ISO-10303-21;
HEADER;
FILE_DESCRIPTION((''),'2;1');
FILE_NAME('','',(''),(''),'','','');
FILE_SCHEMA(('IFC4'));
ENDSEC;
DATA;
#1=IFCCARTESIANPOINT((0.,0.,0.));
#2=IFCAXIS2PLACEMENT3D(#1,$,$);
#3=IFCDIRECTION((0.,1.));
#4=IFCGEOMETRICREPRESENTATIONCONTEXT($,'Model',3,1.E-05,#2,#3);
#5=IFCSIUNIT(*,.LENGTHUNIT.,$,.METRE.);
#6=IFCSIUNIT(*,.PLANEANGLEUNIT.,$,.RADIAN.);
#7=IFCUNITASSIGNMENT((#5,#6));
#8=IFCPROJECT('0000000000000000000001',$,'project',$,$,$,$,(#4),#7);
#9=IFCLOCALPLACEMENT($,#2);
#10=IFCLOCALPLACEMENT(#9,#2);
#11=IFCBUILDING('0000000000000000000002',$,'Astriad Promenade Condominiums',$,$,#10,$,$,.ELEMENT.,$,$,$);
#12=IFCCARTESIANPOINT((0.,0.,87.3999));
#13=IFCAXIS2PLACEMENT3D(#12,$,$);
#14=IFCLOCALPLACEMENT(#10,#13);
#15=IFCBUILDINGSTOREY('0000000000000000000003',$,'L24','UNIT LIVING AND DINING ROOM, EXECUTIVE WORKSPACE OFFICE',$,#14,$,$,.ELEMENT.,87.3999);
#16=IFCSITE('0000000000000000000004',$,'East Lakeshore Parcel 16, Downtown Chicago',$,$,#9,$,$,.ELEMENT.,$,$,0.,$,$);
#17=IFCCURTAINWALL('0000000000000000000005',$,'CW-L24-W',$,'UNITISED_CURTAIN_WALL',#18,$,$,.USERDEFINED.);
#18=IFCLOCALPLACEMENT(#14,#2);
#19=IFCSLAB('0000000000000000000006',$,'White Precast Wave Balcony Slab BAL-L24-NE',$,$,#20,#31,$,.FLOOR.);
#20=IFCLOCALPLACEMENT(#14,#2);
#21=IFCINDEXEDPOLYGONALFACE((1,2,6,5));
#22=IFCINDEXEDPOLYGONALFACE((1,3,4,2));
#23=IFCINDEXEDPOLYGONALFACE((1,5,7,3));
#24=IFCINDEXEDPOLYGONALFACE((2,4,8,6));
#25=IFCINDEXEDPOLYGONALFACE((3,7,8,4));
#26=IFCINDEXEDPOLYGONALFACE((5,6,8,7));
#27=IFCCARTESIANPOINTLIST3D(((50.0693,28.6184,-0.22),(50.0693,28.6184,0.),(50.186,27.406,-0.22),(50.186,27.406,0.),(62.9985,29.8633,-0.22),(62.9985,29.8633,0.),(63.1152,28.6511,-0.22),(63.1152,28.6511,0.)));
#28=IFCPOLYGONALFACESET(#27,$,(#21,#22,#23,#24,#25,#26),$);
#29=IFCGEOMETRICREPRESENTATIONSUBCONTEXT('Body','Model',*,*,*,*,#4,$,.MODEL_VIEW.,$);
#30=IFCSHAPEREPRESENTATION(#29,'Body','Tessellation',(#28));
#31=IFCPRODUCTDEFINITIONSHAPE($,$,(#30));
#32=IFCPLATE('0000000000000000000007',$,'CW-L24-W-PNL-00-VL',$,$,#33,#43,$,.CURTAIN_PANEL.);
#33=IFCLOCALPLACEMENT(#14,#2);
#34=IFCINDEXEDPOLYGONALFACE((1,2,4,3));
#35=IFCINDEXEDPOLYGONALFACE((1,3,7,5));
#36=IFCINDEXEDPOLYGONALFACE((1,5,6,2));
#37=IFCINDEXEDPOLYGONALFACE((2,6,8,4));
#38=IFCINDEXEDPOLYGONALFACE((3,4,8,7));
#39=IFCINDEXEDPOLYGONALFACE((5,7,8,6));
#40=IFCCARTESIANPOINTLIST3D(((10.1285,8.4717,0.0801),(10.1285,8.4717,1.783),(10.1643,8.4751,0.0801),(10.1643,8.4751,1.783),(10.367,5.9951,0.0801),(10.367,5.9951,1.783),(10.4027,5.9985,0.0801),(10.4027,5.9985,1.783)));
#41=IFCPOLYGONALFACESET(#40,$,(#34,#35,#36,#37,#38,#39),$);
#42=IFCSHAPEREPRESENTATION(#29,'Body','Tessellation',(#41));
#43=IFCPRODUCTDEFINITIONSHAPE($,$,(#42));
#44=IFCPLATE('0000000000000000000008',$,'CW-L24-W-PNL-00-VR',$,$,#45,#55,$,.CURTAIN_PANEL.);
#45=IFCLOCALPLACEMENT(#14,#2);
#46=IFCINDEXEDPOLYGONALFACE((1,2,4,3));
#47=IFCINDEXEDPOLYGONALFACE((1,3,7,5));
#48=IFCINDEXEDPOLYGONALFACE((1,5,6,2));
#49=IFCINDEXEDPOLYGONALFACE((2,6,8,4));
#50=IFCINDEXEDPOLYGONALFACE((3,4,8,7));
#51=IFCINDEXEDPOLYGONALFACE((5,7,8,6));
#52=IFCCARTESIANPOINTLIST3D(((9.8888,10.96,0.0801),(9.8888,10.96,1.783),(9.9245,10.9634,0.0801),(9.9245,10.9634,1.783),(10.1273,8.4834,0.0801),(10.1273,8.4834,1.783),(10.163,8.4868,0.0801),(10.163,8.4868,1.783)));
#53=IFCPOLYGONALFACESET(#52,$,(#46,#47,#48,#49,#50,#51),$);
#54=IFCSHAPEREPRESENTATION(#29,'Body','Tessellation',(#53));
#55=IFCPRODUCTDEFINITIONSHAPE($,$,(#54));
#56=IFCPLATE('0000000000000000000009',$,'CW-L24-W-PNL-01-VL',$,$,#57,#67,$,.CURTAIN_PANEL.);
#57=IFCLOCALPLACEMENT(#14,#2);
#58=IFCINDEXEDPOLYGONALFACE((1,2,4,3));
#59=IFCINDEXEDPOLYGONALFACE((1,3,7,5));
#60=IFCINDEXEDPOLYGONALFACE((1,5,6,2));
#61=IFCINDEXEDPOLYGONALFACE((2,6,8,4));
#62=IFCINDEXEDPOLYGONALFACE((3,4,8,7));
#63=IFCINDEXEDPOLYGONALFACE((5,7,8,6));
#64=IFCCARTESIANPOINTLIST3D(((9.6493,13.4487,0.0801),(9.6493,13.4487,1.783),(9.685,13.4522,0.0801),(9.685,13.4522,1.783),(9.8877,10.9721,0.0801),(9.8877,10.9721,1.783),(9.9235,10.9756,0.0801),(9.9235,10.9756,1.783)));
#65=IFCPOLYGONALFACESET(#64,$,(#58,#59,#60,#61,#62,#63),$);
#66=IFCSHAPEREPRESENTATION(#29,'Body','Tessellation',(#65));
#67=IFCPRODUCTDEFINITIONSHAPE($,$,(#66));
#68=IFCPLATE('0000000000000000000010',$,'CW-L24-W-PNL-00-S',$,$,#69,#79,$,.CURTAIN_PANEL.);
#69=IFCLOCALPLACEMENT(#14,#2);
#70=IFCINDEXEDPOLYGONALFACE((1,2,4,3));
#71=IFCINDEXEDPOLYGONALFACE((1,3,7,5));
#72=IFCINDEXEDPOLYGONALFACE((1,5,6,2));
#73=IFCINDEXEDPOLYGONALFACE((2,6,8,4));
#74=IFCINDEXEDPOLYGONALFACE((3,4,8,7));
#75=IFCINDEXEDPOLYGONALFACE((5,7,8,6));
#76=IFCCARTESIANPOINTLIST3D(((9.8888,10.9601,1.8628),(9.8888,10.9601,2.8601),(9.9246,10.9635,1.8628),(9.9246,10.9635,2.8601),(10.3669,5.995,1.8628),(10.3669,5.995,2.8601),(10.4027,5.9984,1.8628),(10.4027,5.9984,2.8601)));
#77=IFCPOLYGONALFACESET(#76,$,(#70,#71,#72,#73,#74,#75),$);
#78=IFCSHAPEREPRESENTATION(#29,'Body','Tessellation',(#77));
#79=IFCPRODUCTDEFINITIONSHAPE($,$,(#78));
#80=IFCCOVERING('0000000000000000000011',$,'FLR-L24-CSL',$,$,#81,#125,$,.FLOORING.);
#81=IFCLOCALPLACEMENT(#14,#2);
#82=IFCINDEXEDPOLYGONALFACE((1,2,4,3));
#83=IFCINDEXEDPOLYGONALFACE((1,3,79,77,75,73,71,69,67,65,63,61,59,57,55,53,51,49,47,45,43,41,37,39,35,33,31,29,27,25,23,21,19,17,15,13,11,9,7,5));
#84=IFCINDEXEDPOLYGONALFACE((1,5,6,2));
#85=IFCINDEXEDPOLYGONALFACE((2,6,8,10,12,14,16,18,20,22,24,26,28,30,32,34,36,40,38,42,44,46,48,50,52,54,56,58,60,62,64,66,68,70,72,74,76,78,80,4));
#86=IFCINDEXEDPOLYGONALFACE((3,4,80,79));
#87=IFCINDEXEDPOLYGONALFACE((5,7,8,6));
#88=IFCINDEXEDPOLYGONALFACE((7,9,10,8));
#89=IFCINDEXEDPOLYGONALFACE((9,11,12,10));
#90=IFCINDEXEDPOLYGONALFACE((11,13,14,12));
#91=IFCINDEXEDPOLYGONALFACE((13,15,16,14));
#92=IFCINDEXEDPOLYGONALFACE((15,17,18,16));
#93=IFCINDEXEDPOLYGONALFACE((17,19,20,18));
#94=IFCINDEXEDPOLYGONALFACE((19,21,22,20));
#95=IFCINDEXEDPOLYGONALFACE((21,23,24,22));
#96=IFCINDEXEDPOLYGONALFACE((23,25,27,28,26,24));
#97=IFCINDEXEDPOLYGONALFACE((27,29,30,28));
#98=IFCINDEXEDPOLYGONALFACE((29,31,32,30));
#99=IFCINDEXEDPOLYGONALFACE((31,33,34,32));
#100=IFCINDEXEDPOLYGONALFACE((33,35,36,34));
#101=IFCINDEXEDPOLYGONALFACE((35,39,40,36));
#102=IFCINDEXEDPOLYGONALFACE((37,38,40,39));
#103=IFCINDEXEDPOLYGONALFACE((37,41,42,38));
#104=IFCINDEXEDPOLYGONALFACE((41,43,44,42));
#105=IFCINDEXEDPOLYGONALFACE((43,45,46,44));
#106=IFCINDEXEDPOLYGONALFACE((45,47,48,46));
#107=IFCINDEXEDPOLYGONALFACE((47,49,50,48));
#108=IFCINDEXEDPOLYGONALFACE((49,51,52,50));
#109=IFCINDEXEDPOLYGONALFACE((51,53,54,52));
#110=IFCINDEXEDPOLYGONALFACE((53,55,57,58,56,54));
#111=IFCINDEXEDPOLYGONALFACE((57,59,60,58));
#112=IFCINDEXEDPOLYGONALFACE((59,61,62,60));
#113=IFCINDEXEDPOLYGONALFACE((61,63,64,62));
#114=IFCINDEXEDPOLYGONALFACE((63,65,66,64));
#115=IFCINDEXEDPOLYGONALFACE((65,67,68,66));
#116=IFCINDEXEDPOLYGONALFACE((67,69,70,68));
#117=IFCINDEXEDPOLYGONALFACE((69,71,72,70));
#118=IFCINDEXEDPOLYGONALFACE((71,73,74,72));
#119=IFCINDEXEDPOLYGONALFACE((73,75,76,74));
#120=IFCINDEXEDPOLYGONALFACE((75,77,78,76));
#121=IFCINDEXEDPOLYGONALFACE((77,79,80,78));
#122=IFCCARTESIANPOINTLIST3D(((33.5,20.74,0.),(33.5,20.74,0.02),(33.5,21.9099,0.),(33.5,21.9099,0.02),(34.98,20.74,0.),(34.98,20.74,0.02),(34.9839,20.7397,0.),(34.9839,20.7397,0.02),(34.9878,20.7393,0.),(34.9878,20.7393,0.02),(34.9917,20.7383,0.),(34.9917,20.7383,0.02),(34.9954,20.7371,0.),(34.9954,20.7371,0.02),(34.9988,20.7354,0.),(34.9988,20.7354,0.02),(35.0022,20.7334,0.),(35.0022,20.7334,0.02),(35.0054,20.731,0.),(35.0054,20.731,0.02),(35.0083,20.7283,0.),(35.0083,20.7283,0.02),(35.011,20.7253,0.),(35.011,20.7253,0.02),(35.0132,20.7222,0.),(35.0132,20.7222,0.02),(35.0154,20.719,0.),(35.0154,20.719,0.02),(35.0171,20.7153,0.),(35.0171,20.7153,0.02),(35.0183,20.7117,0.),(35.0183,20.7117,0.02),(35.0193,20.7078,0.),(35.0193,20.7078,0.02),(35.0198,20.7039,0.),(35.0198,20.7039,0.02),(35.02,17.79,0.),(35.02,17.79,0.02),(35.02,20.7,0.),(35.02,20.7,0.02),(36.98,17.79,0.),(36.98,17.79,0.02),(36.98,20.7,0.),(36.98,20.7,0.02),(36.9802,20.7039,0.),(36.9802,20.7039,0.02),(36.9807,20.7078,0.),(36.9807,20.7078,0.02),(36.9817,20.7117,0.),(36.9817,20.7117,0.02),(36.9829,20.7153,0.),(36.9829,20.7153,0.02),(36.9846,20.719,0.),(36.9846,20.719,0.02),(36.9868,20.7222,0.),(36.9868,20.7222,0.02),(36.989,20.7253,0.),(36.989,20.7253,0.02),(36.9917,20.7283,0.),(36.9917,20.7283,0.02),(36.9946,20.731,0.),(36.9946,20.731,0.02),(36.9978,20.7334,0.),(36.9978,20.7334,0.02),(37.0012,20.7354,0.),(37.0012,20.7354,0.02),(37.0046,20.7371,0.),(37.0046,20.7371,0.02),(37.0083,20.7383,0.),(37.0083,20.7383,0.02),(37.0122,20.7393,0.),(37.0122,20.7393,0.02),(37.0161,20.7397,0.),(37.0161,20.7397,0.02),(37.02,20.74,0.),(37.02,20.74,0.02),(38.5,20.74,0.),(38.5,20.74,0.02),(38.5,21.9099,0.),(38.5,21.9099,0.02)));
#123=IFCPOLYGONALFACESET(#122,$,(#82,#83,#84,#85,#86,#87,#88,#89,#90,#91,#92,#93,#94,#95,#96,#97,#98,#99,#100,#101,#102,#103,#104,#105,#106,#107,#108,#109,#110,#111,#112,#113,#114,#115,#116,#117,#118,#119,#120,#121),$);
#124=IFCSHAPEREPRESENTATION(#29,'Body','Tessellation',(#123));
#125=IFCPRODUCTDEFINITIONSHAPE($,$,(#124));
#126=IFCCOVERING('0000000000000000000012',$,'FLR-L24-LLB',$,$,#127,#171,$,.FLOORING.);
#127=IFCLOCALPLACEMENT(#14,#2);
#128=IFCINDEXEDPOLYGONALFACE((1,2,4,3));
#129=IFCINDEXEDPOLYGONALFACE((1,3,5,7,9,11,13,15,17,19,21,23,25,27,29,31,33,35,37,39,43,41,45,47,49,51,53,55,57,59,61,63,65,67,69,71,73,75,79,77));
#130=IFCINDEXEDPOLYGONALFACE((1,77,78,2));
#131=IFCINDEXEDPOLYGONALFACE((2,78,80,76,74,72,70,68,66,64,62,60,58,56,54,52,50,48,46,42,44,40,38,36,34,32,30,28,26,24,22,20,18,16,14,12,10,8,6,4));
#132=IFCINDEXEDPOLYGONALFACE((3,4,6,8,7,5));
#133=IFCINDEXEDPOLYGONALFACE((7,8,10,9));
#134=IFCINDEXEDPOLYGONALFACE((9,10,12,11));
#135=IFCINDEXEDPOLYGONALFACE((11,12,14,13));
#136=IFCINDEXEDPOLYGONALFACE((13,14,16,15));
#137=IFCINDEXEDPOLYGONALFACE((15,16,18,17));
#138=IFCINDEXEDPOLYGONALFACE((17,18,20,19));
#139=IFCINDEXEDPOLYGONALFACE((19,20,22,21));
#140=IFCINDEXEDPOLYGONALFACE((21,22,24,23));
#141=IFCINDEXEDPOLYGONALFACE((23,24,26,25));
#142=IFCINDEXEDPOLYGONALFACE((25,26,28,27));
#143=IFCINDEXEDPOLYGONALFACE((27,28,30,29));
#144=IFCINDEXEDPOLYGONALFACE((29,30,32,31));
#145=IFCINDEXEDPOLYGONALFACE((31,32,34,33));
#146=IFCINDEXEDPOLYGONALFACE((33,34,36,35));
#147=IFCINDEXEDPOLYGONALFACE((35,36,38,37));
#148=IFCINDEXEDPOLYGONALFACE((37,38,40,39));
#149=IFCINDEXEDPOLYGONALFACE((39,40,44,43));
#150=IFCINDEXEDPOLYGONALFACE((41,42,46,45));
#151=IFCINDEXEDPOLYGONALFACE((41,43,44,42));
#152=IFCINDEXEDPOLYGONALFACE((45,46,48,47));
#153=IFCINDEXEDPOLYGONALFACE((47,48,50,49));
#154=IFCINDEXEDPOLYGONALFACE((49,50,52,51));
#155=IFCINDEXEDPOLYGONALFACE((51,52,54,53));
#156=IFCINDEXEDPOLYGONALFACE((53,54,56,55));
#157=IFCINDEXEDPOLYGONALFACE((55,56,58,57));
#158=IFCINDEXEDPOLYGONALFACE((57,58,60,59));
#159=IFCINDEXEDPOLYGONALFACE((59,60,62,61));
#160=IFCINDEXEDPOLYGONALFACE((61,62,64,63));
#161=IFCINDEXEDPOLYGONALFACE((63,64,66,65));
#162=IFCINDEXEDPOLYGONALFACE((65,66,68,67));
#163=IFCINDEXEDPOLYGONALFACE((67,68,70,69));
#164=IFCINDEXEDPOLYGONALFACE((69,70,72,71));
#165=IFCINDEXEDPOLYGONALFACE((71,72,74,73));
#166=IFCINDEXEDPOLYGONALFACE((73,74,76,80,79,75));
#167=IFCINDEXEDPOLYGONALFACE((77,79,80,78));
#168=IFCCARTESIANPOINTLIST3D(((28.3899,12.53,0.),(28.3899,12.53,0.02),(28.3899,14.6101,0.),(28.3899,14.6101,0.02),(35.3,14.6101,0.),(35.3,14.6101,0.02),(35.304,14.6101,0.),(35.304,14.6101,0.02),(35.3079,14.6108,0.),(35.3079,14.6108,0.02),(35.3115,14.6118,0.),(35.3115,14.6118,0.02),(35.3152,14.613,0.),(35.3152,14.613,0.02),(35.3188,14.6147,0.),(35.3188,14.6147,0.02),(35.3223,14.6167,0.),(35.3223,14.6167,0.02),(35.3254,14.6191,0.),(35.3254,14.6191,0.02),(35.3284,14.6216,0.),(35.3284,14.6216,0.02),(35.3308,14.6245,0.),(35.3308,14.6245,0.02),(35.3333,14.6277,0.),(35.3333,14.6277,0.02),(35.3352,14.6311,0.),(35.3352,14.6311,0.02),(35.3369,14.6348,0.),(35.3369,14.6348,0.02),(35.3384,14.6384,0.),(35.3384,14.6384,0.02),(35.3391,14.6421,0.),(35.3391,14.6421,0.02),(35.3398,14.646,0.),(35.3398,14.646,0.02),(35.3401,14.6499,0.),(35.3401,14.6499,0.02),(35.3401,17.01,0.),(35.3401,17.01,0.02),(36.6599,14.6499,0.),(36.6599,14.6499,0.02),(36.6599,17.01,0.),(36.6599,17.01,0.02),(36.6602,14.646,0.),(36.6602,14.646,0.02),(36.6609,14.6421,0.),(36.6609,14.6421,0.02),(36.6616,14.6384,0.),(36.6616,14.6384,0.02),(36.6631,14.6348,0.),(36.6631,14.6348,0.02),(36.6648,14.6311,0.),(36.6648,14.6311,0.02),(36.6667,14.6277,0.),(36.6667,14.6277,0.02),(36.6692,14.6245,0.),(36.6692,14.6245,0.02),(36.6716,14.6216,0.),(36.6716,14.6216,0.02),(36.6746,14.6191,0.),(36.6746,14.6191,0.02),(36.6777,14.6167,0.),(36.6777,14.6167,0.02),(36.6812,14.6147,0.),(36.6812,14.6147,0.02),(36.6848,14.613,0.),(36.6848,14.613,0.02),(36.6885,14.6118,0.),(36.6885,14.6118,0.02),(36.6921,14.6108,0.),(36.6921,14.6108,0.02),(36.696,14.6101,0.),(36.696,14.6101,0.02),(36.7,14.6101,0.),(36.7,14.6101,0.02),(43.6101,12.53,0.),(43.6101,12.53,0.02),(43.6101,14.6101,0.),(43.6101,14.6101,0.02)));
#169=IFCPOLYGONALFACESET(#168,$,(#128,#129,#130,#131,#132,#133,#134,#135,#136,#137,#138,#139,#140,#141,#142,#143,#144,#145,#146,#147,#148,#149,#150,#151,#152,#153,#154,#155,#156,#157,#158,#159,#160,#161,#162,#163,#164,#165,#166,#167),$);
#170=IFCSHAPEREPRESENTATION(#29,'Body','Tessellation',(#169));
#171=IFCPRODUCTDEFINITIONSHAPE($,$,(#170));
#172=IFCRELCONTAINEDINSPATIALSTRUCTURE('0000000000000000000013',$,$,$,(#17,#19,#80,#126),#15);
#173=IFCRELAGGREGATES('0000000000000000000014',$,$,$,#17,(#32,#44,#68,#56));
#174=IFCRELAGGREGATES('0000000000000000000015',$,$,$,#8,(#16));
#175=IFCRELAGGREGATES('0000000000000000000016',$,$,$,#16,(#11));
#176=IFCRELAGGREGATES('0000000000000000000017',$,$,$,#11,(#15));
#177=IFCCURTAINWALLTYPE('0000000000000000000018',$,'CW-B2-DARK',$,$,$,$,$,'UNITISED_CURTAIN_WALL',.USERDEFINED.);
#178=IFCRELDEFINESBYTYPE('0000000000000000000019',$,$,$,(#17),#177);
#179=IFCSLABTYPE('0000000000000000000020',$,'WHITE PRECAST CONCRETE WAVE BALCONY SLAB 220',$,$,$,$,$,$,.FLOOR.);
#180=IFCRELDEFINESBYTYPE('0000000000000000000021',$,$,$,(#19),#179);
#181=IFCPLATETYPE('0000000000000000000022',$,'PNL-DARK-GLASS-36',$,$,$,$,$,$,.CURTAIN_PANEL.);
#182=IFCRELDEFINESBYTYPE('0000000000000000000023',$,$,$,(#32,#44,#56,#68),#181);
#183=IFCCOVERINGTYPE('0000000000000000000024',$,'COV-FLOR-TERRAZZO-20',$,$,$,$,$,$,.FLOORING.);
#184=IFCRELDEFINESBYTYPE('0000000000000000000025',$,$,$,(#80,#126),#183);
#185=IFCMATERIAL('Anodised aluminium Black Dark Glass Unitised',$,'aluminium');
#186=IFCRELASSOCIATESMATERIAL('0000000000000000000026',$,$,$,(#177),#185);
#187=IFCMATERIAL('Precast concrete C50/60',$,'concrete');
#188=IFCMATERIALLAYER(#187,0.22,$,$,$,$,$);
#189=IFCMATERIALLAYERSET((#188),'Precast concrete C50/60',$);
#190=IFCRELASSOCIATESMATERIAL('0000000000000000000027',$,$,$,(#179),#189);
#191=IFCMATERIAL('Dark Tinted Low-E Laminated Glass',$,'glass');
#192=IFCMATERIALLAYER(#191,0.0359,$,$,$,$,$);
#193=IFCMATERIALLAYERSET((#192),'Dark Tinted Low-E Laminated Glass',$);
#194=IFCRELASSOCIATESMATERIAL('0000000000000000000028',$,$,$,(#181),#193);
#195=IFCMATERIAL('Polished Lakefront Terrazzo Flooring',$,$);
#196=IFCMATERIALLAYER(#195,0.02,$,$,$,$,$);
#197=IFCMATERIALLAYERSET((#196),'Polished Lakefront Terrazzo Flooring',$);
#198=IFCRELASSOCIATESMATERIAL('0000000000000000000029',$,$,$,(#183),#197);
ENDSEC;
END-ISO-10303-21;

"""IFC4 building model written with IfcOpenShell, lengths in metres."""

from ifc_helpers import new_model, si_unit, direction, frame, origin, origin_2d, place, context, subcontext, project, spatial, polyline, rectangle, outline, extrude, source, transform, mapped, material, layer, layer_set, type_object, type_shapes, element, aggregate, save


model = new_model("IFC4")

# Units and contexts
model_context = context("Model", 3, precision=1e-05, world=origin(), true_north=direction((0.0, 1.0)))
body_context = subcontext(model_context, "Body", "Model", "MODEL_VIEW")
ifc_project = project(units=[si_unit("LENGTHUNIT", "METRE"), si_unit("PLANEANGLEUNIT", "RADIAN")], contexts=[model_context])

# Site, building, storey
site_placement = place(None, origin())
site = spatial("IfcSite", under=ifc_project, at=site_placement, Name="East Lakeshore Parcel 16, Downtown Chicago", CompositionType="ELEMENT", RefElevation=0.0)
building_placement = place(site_placement, origin())
building = spatial("IfcBuilding", under=site, at=building_placement, Name="Astriad Promenade Condominiums", CompositionType="ELEMENT")
storey_placement = place(building_placement, frame((0.0, 0.0, 87.3999)))
storey = spatial("IfcBuildingStorey", under=building, at=storey_placement, Name="L24", Description="UNIT LIVING AND DINING ROOM, EXECUTIVE WORKSPACE OFFICE", CompositionType="ELEMENT", Elevation=87.3999)

# Curtain wall
ifc_material_1 = material(Name="Anodised aluminium Black Dark Glass Unitised", Category="aluminium")
curtain_wall_type = type_object("IfcCurtainWallType", Name="CW-B2-DARK", ElementType="UNITISED_CURTAIN_WALL", PredefinedType="USERDEFINED", material=ifc_material_1)
curtain_wall_placement = place(storey_placement, origin())
curtain_wall = element("IfcCurtainWall", 1, at=curtain_wall_placement, inside=storey, type_object=curtain_wall_type, Name="CW-L24-W", ObjectType="UNITISED_CURTAIN_WALL", PredefinedType="USERDEFINED")

# Slab
ifc_material_2 = material(Name="Precast concrete C50/60", Category="concrete")
ifc_layer_1 = layer(ifc_material_2, 0.22)
ifc_layer_set_1 = layer_set([ifc_layer_1], Name="Precast concrete C50/60")
slab_type_1 = type_object("IfcSlabType", Name="WHITE PRECAST CONCRETE WAVE BALCONY SLAB 220", PredefinedType="FLOOR", material=ifc_layer_set_1)
slab_1_placement = place(storey_placement, frame((0.0, 0.0, -0.22)))
element("IfcSlab", 2, at=slab_1_placement, inside=storey, type_object=slab_type_1, Name="White Precast Wave Balcony Slab BAL-L24-NE", PredefinedType="FLOOR", context=body_context, shape_type="SweptSolid", body=[
    extrude(outline(polyline([(50.0693, 28.6184), (62.9985, 29.8633), (63.1152, 28.6511), (50.186, 27.406), (50.0693, 28.6184)])), origin(), (0.0, 0.0, 1.0), 0.22),
])

# Plates
ifc_material_3 = material(Name="Dark Tinted Low-E Laminated Glass", Category="glass")
ifc_layer_2 = layer(ifc_material_3, 0.0359)
ifc_layer_set_2 = layer_set([ifc_layer_2], Name="Dark Tinted Low-E Laminated Glass")
plate_type = type_object("IfcPlateType", Name="PNL-DARK-GLASS-36", PredefinedType="CURTAIN_PANEL", material=ifc_layer_set_2)
shared_shape_1 = source(origin(), body_context, "Body", "SweptSolid", [
    extrude(rectangle(XDim=2.488, YDim=0.0359, at=origin_2d()), origin(), (0.0, 0.0, 1.0), 1.7029),
])
plate_1_placement = place(storey_placement, frame((10.2656, 7.2351, 0.0801), z_axis=(0.0, 0.0, 1.0), x_axis=(-0.095846, 0.995396, 0.0)))
plate_1 = element("IfcPlate", 3, at=plate_1_placement, type_object=plate_type, Name="CW-L24-W-PNL-00-VL", PredefinedType="CURTAIN_PANEL", context=body_context, shape_type="MappedRepresentation", body=[
    mapped(shared_shape_1, transform((0.0, 0.0, 0.0), scale=1.0)),
])
plate_2_placement = place(storey_placement, frame((10.0259, 9.7234, 0.0801), z_axis=(0.0, 0.0, 1.0), x_axis=(-0.095846, 0.995396, 0.0)))
plate_2 = element("IfcPlate", 4, at=plate_2_placement, type_object=plate_type, Name="CW-L24-W-PNL-00-VR", PredefinedType="CURTAIN_PANEL", context=body_context, shape_type="MappedRepresentation", body=[
    mapped(shared_shape_1, transform((0.0, 0.0, 0.0), scale=1.0)),
])
plate_3_placement = place(storey_placement, frame((9.7864, 12.2122, 0.0801), z_axis=(0.0, 0.0, 1.0), x_axis=(-0.095846, 0.995396, 0.0)))
plate_3 = element("IfcPlate", 5, at=plate_3_placement, type_object=plate_type, Name="CW-L24-W-PNL-01-VL", PredefinedType="CURTAIN_PANEL", context=body_context, shape_type="MappedRepresentation", body=[
    mapped(shared_shape_1, transform((0.0, 0.0, 0.0), scale=1.0)),
])
shared_shape_2 = source(origin(), body_context, "Body", "SweptSolid", [
    extrude(rectangle(XDim=4.988, YDim=0.0359, at=origin_2d()), origin(), (0.0, 0.0, 1.0), 0.9973),
])
type_shapes(plate_type, [shared_shape_1, shared_shape_2])
plate_4_placement = place(storey_placement, frame((10.1458, 8.4792, 1.8628), z_axis=(0.0, 0.0, 1.0), x_axis=(-0.095846, 0.995396, 0.0)))
plate_4 = element("IfcPlate", 6, at=plate_4_placement, type_object=plate_type, Name="CW-L24-W-PNL-00-S", PredefinedType="CURTAIN_PANEL", context=body_context, shape_type="MappedRepresentation", body=[
    mapped(shared_shape_2, transform((0.0, 0.0, 0.0), scale=1.0)),
])
aggregate(curtain_wall, [plate_1, plate_2, plate_4, plate_3])

# Coverings
ifc_material_4 = material(Name="Polished Lakefront Terrazzo Flooring")
ifc_layer_3 = layer(ifc_material_4, 0.02)
ifc_layer_set_3 = layer_set([ifc_layer_3], Name="Polished Lakefront Terrazzo Flooring")
covering_type = type_object("IfcCoveringType", Name="COV-FLOR-TERRAZZO-20", PredefinedType="FLOORING", material=ifc_layer_set_3)
covering_1_placement = place(storey_placement, origin())
element("IfcCovering", 7, at=covering_1_placement, inside=storey, type_object=covering_type, Name="FLR-L24-CSL", PredefinedType="FLOORING", context=body_context, shape_type="SweptSolid", body=[
    extrude(outline(polyline([(36.98, 20.7), (36.98, 17.79), (35.02, 17.79), (35.02, 20.7), (35.0198, 20.7039), (35.0193, 20.7078), (35.0183, 20.7117), (35.0171, 20.7153), (35.0154, 20.719), (35.0132, 20.7222), (35.011, 20.7253), (35.0083, 20.7283), (35.0054, 20.731), (35.0022, 20.7334), (34.9988, 20.7354), (34.9954, 20.7371), (34.9917, 20.7383), (34.9878, 20.7393), (34.9839, 20.7397), (34.98, 20.74), (33.5, 20.74), (33.5, 21.9099), (38.5, 21.9099), (38.5, 20.74), (37.02, 20.74), (37.0161, 20.7397), (37.0122, 20.7393), (37.0083, 20.7383), (37.0046, 20.7371), (37.0012, 20.7354), (36.9978, 20.7334), (36.9946, 20.731), (36.9917, 20.7283), (36.989, 20.7253), (36.9868, 20.7222), (36.9846, 20.719), (36.9829, 20.7153), (36.9817, 20.7117), (36.9807, 20.7078), (36.9802, 20.7039), (36.98, 20.7)])), origin(), (0.0, 0.0, 1.0), 0.02),
])
covering_2_placement = place(storey_placement, origin())
element("IfcCovering", 8, at=covering_2_placement, inside=storey, type_object=covering_type, Name="FLR-L24-LLB", PredefinedType="FLOORING", context=body_context, shape_type="SweptSolid", body=[
    extrude(outline(polyline([(43.6101, 14.6101), (43.6101, 12.53), (28.3899, 12.53), (28.3899, 14.6101), (35.3, 14.6101), (35.304, 14.6101), (35.3079, 14.6108), (35.3115, 14.6118), (35.3152, 14.613), (35.3188, 14.6147), (35.3223, 14.6167), (35.3254, 14.6191), (35.3284, 14.6216), (35.3308, 14.6245), (35.3333, 14.6277), (35.3352, 14.6311), (35.3369, 14.6348), (35.3384, 14.6384), (35.3391, 14.6421), (35.3398, 14.646), (35.3401, 14.6499), (35.3401, 17.01), (36.6599, 17.01), (36.6599, 14.6499), (36.6602, 14.646), (36.6609, 14.6421), (36.6616, 14.6384), (36.6631, 14.6348), (36.6648, 14.6311), (36.6667, 14.6277), (36.6692, 14.6245), (36.6716, 14.6216), (36.6746, 14.6191), (36.6777, 14.6167), (36.6812, 14.6147), (36.6848, 14.613), (36.6885, 14.6118), (36.6921, 14.6108), (36.696, 14.6101), (36.7, 14.6101), (43.6101, 14.6101)])), origin(), (0.0, 0.0, 1.0), 0.02),
])

save(model, "model.ifc")
